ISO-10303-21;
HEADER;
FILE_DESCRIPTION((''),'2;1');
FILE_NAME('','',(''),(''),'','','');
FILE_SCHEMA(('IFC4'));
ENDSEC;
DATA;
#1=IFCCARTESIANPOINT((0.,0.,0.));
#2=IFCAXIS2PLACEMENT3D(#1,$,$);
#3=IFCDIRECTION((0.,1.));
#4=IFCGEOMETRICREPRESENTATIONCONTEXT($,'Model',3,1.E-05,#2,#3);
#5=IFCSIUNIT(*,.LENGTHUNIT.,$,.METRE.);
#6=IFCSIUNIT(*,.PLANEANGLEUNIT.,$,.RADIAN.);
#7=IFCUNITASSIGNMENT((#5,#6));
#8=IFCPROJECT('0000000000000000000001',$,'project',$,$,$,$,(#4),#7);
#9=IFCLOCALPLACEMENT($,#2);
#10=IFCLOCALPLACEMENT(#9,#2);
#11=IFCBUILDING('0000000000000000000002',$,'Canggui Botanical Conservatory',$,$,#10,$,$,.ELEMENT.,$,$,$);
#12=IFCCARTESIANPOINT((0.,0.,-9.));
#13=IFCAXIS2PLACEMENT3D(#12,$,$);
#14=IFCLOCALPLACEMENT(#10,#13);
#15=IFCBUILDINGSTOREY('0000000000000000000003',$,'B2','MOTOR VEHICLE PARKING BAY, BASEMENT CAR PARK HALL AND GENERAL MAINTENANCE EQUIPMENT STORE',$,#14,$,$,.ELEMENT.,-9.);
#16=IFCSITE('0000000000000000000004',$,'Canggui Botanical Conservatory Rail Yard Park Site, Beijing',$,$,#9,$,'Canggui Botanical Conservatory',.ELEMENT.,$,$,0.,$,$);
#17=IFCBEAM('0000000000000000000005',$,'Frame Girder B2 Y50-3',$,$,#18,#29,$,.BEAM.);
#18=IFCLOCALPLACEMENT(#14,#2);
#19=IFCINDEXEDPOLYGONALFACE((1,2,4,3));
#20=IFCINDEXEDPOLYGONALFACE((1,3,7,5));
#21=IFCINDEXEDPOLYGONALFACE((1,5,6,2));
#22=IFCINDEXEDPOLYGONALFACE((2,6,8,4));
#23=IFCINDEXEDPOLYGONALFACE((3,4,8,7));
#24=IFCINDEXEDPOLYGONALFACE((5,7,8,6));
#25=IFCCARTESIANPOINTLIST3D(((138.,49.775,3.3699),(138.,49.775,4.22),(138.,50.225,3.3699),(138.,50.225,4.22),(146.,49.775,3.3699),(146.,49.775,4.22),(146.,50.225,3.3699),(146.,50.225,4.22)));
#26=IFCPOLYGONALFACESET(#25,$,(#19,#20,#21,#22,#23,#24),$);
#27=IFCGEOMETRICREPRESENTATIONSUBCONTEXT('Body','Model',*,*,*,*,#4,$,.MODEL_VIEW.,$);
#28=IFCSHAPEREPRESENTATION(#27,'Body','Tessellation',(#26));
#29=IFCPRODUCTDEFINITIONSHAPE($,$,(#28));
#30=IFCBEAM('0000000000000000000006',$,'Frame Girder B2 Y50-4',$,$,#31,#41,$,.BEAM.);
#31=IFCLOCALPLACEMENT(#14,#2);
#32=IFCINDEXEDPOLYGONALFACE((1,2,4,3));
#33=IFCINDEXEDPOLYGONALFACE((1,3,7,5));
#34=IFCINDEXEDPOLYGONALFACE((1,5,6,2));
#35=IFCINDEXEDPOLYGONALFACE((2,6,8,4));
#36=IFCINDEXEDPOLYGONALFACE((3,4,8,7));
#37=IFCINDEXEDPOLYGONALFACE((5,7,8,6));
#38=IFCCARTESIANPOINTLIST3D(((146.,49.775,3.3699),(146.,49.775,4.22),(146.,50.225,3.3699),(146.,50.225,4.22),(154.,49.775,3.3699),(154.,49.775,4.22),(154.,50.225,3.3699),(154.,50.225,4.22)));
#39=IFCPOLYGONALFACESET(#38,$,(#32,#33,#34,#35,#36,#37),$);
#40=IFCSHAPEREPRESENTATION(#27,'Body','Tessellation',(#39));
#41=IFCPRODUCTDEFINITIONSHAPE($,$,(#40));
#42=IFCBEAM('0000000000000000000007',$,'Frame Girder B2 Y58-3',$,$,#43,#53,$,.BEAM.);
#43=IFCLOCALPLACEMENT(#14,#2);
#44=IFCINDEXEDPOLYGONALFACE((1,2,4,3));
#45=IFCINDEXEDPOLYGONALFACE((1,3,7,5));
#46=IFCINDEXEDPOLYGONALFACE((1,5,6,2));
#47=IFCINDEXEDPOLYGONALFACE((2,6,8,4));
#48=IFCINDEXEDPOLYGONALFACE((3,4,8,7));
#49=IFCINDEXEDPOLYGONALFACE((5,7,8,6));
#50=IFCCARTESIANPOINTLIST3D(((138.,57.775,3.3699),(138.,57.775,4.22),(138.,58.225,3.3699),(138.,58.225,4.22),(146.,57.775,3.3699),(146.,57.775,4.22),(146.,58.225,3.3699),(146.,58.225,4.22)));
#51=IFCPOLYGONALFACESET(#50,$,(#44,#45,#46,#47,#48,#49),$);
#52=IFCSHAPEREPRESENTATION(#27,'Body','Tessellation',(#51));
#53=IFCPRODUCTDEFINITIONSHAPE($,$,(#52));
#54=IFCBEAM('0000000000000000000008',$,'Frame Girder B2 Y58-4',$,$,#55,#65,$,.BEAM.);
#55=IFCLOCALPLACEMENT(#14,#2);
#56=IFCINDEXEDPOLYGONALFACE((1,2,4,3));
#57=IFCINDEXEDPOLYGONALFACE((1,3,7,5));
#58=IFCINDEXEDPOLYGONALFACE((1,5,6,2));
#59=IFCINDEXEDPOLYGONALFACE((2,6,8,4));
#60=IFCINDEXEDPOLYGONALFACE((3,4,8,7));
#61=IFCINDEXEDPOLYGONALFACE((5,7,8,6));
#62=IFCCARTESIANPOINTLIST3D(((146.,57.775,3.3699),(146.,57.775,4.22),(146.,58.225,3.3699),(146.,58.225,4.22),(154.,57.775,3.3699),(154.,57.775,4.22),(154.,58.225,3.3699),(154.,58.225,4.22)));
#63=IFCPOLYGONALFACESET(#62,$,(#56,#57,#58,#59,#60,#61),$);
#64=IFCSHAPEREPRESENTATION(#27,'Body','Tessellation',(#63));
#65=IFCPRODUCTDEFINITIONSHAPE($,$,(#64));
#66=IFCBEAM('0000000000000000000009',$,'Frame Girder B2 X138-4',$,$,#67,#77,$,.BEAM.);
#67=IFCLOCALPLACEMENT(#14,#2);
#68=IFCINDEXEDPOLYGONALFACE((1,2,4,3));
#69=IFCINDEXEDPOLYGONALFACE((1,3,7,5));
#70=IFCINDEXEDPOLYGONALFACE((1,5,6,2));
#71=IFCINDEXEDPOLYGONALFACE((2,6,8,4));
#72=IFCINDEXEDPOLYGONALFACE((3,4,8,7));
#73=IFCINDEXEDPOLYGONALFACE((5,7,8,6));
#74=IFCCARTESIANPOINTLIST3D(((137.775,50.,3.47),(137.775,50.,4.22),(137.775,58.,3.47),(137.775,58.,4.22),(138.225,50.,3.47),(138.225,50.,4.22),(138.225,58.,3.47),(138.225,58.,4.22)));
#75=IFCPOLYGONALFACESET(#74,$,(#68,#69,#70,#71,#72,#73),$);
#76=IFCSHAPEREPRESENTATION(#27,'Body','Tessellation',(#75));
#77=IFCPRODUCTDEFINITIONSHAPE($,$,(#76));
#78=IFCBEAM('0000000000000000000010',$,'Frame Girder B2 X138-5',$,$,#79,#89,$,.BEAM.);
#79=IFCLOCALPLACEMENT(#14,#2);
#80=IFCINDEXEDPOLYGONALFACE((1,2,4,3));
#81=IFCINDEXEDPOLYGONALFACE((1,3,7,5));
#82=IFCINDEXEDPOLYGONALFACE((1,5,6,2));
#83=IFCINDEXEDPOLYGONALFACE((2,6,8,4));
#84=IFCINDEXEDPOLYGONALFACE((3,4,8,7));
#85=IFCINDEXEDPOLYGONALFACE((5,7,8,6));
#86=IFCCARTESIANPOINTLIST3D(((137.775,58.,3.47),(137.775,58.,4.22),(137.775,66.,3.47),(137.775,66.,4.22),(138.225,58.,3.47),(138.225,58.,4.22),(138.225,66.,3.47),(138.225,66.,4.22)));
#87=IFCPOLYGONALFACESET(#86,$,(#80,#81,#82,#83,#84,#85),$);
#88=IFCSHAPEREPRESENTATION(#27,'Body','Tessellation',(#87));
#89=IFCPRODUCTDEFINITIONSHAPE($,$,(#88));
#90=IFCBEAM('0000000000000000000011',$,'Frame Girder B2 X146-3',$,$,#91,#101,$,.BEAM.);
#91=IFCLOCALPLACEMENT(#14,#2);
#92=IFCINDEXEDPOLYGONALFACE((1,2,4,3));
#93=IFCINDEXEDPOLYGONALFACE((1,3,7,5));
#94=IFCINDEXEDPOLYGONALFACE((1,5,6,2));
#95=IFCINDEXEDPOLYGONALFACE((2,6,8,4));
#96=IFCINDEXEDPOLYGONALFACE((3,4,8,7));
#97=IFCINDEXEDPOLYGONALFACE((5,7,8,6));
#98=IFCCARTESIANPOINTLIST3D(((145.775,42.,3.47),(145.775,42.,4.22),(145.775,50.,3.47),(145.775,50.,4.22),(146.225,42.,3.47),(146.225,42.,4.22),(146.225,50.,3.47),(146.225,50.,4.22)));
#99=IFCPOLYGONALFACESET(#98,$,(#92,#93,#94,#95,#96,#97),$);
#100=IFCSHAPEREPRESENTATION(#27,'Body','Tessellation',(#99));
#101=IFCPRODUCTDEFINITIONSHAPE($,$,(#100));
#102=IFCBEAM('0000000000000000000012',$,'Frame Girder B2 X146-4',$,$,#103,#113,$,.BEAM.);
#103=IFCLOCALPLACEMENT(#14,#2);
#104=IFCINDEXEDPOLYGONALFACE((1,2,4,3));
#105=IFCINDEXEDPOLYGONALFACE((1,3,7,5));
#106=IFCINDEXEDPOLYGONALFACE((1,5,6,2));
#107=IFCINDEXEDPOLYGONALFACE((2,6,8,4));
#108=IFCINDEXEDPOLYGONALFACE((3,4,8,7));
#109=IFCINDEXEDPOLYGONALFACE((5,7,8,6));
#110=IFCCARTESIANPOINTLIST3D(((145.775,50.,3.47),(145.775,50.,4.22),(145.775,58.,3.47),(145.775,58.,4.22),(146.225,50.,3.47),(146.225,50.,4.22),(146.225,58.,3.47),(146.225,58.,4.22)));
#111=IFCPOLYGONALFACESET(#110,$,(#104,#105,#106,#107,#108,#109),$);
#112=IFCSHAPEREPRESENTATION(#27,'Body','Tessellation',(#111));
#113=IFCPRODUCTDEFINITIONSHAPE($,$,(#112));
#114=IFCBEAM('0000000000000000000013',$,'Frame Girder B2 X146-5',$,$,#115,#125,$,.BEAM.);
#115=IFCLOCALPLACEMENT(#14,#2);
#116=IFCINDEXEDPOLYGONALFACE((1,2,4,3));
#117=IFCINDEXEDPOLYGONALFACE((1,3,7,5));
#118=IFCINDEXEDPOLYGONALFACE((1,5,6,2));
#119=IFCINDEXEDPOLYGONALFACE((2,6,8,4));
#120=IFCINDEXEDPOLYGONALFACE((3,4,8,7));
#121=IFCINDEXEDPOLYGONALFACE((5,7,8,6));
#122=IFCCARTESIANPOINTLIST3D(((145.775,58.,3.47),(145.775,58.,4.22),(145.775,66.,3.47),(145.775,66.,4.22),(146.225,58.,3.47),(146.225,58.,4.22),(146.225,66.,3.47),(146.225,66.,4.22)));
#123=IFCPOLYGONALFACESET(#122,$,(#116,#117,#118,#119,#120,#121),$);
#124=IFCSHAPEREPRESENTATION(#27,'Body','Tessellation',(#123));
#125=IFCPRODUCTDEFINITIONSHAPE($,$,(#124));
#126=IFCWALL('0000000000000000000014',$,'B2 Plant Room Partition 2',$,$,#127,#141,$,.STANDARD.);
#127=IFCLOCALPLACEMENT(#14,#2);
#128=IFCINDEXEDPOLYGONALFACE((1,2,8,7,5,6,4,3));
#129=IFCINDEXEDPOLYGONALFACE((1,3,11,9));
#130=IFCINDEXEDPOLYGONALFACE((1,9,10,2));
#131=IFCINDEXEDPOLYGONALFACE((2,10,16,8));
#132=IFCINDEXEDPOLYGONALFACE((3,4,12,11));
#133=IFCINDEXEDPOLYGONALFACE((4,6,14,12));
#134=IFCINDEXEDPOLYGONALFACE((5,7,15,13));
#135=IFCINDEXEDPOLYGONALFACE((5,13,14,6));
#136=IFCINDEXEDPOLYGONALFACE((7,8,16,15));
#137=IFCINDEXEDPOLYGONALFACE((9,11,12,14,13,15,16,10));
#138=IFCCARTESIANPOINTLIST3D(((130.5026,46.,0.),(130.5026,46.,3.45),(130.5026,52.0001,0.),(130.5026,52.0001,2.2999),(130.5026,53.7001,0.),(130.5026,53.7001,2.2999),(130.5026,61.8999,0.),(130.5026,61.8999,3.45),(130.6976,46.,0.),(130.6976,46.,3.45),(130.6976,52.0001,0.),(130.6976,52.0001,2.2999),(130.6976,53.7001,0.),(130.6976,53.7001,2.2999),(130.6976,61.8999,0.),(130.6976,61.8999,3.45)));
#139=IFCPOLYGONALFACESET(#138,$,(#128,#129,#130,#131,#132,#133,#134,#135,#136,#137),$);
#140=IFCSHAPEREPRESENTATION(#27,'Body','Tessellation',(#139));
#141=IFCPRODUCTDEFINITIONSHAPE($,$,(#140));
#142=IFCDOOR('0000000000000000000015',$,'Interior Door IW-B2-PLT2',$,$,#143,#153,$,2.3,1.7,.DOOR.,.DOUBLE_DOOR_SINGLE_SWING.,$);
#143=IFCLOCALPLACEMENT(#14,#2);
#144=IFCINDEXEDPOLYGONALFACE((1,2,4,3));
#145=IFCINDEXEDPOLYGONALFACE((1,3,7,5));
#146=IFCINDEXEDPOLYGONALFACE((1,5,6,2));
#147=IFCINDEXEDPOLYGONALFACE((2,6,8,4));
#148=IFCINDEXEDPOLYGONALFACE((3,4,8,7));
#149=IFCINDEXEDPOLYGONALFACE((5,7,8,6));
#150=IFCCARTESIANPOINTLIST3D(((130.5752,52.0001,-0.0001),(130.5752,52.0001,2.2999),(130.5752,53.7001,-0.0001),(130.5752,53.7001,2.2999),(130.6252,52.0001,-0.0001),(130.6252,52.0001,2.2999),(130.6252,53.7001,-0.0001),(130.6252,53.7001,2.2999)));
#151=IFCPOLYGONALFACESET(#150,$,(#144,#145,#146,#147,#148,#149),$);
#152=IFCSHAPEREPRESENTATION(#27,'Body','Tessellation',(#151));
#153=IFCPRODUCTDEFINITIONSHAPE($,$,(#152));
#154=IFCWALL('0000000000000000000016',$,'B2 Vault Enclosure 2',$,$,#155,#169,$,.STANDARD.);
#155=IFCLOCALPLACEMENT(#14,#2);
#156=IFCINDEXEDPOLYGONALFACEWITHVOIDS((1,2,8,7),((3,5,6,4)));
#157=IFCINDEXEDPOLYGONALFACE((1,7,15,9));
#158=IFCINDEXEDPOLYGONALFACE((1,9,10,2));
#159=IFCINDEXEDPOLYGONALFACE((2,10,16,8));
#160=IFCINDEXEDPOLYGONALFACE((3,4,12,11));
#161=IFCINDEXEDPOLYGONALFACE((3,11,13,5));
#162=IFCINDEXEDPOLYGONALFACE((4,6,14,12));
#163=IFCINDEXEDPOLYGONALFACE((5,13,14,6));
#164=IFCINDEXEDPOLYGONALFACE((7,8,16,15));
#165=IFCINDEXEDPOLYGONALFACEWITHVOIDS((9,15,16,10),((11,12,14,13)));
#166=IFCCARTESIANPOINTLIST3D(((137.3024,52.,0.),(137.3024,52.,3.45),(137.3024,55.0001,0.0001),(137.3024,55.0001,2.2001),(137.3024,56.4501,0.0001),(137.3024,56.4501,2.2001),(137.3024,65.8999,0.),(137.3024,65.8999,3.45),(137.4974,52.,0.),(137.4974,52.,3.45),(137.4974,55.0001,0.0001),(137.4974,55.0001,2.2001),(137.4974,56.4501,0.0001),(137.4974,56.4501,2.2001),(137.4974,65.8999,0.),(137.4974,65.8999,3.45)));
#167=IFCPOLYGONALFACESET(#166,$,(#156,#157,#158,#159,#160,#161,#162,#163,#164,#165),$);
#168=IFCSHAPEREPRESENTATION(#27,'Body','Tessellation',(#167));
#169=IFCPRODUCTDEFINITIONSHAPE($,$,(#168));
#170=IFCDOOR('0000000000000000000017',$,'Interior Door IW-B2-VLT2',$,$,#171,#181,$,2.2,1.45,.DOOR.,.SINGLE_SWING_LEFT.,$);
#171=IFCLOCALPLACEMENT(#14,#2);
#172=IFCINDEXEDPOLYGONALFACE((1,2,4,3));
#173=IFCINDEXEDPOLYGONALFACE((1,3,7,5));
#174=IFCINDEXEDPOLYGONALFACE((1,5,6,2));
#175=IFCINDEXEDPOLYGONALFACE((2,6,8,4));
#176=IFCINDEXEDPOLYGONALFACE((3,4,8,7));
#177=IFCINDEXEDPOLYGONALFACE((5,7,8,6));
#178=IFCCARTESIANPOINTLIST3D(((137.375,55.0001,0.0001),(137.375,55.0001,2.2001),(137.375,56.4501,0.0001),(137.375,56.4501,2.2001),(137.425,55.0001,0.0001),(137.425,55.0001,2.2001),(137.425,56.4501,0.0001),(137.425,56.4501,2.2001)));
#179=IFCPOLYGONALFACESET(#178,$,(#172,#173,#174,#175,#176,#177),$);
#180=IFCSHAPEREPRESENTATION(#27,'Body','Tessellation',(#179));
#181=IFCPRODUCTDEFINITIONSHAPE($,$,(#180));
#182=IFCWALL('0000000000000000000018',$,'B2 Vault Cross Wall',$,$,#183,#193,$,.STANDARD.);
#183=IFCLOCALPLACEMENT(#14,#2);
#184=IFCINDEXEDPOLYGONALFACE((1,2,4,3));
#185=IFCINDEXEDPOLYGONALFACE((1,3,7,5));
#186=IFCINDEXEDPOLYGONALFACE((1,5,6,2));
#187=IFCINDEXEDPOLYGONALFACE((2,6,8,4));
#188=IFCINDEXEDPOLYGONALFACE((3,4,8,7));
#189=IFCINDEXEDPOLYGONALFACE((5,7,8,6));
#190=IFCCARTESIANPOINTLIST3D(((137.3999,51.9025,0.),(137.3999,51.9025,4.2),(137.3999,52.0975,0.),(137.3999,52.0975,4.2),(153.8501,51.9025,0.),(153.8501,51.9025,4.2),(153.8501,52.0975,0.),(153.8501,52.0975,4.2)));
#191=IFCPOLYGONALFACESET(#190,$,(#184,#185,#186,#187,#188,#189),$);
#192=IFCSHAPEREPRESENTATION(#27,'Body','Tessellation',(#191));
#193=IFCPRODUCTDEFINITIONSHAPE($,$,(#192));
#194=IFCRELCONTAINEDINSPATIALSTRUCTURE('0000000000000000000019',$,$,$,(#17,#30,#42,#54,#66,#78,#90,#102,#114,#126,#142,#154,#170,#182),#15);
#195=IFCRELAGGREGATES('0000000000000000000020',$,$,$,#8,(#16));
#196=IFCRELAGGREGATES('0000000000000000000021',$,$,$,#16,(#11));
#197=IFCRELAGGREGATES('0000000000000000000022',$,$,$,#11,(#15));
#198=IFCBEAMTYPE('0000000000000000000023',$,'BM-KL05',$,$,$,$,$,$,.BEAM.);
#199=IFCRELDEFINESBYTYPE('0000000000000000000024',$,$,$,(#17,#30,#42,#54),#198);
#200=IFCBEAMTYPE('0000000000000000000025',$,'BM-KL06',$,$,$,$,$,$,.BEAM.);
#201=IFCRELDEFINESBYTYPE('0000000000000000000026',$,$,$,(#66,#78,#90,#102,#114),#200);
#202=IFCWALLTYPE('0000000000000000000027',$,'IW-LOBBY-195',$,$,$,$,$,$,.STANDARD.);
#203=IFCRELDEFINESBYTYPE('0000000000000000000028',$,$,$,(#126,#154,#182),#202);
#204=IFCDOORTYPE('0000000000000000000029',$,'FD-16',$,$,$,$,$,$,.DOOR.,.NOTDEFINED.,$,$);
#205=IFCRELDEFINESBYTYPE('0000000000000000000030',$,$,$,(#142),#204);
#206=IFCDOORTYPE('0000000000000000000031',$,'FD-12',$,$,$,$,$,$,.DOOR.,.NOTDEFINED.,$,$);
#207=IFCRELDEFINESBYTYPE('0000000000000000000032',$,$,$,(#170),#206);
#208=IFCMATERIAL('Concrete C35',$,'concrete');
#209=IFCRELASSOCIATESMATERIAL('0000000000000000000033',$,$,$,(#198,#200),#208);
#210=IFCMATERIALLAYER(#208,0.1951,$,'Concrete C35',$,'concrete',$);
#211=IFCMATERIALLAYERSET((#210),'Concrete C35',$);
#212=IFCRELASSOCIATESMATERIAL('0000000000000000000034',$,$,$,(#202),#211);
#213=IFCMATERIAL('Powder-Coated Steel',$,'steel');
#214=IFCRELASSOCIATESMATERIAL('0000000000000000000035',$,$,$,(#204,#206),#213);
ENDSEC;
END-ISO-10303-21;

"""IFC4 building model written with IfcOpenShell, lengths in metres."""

from ifc_helpers import new_model, si_unit, direction, frame, frame_2d, origin, origin_2d, place, context, subcontext, project, spatial, rectangle, extrude, material, layer, layer_set, material_profile, profile_set, type_object, element, fill, save


model = new_model("IFC4")

# Units and contexts
model_context = context("Model", 3, precision=1e-05, world=origin(), true_north=direction((0.0, 1.0)))
body_context = subcontext(model_context, "Body", "Model", "MODEL_VIEW")
ifc_project = project(units=[si_unit("LENGTHUNIT", "METRE"), si_unit("PLANEANGLEUNIT", "RADIAN")], contexts=[model_context])

# Site, building, storey
site_placement = place(None, origin())
site = spatial("IfcSite", under=ifc_project, at=site_placement, Name="Canggui Botanical Conservatory Rail Yard Park Site, Beijing", LongName="Canggui Botanical Conservatory", CompositionType="ELEMENT", RefElevation=0.0)
building_placement = place(site_placement, origin())
building = spatial("IfcBuilding", under=site, at=building_placement, Name="Canggui Botanical Conservatory", CompositionType="ELEMENT")
storey_placement = place(building_placement, frame((0.0, 0.0, -9.0)))
storey = spatial("IfcBuildingStorey", under=building, at=storey_placement, Name="B2", Description="MOTOR VEHICLE PARKING BAY, BASEMENT CAR PARK HALL AND GENERAL MAINTENANCE EQUIPMENT STORE", CompositionType="ELEMENT", Elevation=-9.0)

# Shared definitions
ifc_material_1 = material(Name="Concrete C35", Category="concrete")

# Beams
ifc_material_profile_1 = material_profile(ifc_material_1, rectangle(XDim=0.45, YDim=0.8501, at=origin_2d()), Name="RB 450x850")
ifc_profile_set_1 = profile_set([ifc_material_profile_1], Name="Concrete C35")
beam_type_1 = type_object("IfcBeamType", Name="BM-KL05", PredefinedType="BEAM", material=ifc_profile_set_1)
for number, where, z_axis, x_axis, name in (
    (1, (138.0, 50.0, 3.7949), (1.0, 0.0, 0.0), (0.0, 1.0, 0.0), "Frame Girder B2 Y50-3"),
    (2, (146.0, 50.0, 3.7949), (1.0, 0.0, 0.0), (0.0, 1.0, 0.0), "Frame Girder B2 Y50-4"),
    (3, (138.0, 58.0, 3.7949), (1.0, 0.0, 0.0), (0.0, 1.0, 0.0), "Frame Girder B2 Y58-3"),
    (4, (146.0, 58.0, 3.7949), (1.0, 0.0, 0.0), (0.0, 1.0, 0.0), "Frame Girder B2 Y58-4"),
):
    element("IfcBeam", number, at=place(storey_placement, frame(where, z_axis=z_axis, x_axis=x_axis)), inside=storey, type_object=beam_type_1, Name=name, PredefinedType="BEAM", context=body_context, shape_type="SweptSolid", body=[
        extrude(rectangle(XDim=0.45, YDim=0.8501, at=origin_2d()), origin(), (0.0, 0.0, 1.0), 8.0),
    ])
ifc_material_profile_2 = material_profile(ifc_material_1, rectangle(XDim=0.45, YDim=0.75, at=origin_2d()), Name="RB 450x750")
ifc_profile_set_2 = profile_set([ifc_material_profile_2], Name="Concrete C35")
beam_type_2 = type_object("IfcBeamType", Name="BM-KL06", PredefinedType="BEAM", material=ifc_profile_set_2)
for number, where, z_axis, x_axis, name in (
    (5, (138.0, 50.0, 3.845), (0.0, 1.0, 0.0), (-1.0, 0.0, 0.0), "Frame Girder B2 X138-4"),
    (6, (138.0, 58.0, 3.845), (0.0, 1.0, 0.0), (-1.0, 0.0, 0.0), "Frame Girder B2 X138-5"),
    (7, (146.0, 42.0, 3.845), (0.0, 1.0, 0.0), (-1.0, 0.0, 0.0), "Frame Girder B2 X146-3"),
    (8, (146.0, 50.0, 3.845), (0.0, 1.0, 0.0), (-1.0, 0.0, 0.0), "Frame Girder B2 X146-4"),
    (9, (146.0, 58.0, 3.845), (0.0, 1.0, 0.0), (-1.0, 0.0, 0.0), "Frame Girder B2 X146-5"),
):
    element("IfcBeam", number, at=place(storey_placement, frame(where, z_axis=z_axis, x_axis=x_axis)), inside=storey, type_object=beam_type_2, Name=name, PredefinedType="BEAM", context=body_context, shape_type="SweptSolid", body=[
        extrude(rectangle(XDim=0.45, YDim=0.75, at=origin_2d()), origin(), (0.0, 0.0, 1.0), 8.0),
    ])

# Walls, openings, doors
ifc_layer = layer(ifc_material_1, 0.1951, Name="Concrete C35", Category="concrete")
ifc_layer_set = layer_set([ifc_layer], Name="Concrete C35")
wall_type = type_object("IfcWallType", Name="IW-LOBBY-195", PredefinedType="STANDARD", material=ifc_layer_set)
wall_1_placement = place(storey_placement, frame((130.6001, 46.0, 0.0), z_axis=(0.0, 0.0, 1.0), x_axis=(0.0, 1.0, 0.0)))
wall_1 = element("IfcWall", 10, at=wall_1_placement, inside=storey, type_object=wall_type, Name="B2 Plant Room Partition 2", PredefinedType="STANDARD", context=body_context, shape_type="SweptSolid", body=[
    extrude(rectangle(XDim=15.8999, YDim=0.1951, at=frame_2d((7.95, 0.0))), origin(), (0.0, 0.0, 1.0), 3.45),
])
opening_1_placement = place(wall_1_placement, frame((6.0, 0.0, 0.0)))
opening_1 = element("IfcOpeningElement", 11, at=opening_1_placement, cuts=wall_1, PredefinedType="OPENING", context=body_context, shape_type="SweptSolid", body=[
    extrude(rectangle(XDim=1.7, YDim=2.3, at=frame_2d((0.8501, 1.1499))), frame((0.0, 0.1074, 0.0), z_axis=(0.0, -1.0, 0.0), x_axis=(1.0, 0.0, 0.0)), (0.0, 0.0, 1.0), 0.2151),
])
ifc_material_2 = material(Name="Powder-Coated Steel", Category="steel")
door_type_1 = type_object("IfcDoorType", Name="FD-16", OperationType="NOTDEFINED", PredefinedType="DOOR", material=ifc_material_2)
door_1_placement = place(opening_1_placement, origin())
door_1 = element("IfcDoor", 12, at=door_1_placement, inside=storey, type_object=door_type_1, Name="Interior Door IW-B2-PLT2", OperationType="DOUBLE_DOOR_SINGLE_SWING", OverallHeight=2.3, OverallWidth=1.7, PredefinedType="DOOR", context=body_context, shape_type="SweptSolid", body=[
    extrude(rectangle(XDim=1.7, YDim=2.3, at=frame_2d((0.8501, 1.1499))), frame((0.0, 0.0249, 0.0), z_axis=(0.0, -1.0, 0.0), x_axis=(1.0, 0.0, 0.0)), (0.0, 0.0, 1.0), 0.05),
])
fill(opening_1, door_1)
wall_2_placement = place(storey_placement, frame((137.3999, 52.0, 0.0), z_axis=(0.0, 0.0, 1.0), x_axis=(0.0, 1.0, 0.0)))
wall_2 = element("IfcWall", 13, at=wall_2_placement, inside=storey, type_object=wall_type, Name="B2 Vault Enclosure 2", PredefinedType="STANDARD", context=body_context, shape_type="SweptSolid", body=[
    extrude(rectangle(XDim=13.8999, YDim=0.1951, at=frame_2d((6.95, 0.0))), origin(), (0.0, 0.0, 1.0), 3.45),
])
opening_2_placement = place(wall_2_placement, frame((3.0, 0.0, 0.0)))
opening_2 = element("IfcOpeningElement", 14, at=opening_2_placement, cuts=wall_2, PredefinedType="OPENING", context=body_context, shape_type="SweptSolid", body=[
    extrude(rectangle(XDim=1.45, YDim=2.2, at=frame_2d((0.7251, 1.1001))), frame((0.0, 0.1074, 0.0), z_axis=(0.0, -1.0, 0.0), x_axis=(1.0, 0.0, 0.0)), (0.0, 0.0, 1.0), 0.2151),
])
door_type_2 = type_object("IfcDoorType", Name="FD-12", OperationType="NOTDEFINED", PredefinedType="DOOR", material=ifc_material_2)
door_2_placement = place(opening_2_placement, origin())
door_2 = element("IfcDoor", 15, at=door_2_placement, inside=storey, type_object=door_type_2, Name="Interior Door IW-B2-VLT2", OperationType="SINGLE_SWING_LEFT", OverallHeight=2.2, OverallWidth=1.45, PredefinedType="DOOR", context=body_context, shape_type="SweptSolid", body=[
    extrude(rectangle(XDim=1.45, YDim=2.2, at=frame_2d((0.7251, 1.1001))), frame((0.0, 0.0249, 0.0), z_axis=(0.0, -1.0, 0.0), x_axis=(1.0, 0.0, 0.0)), (0.0, 0.0, 1.0), 0.05),
])
fill(opening_2, door_2)

# Wall
wall_3_placement = place(storey_placement, frame((137.3999, 52.0, 0.0), z_axis=(0.0, 0.0, 1.0), x_axis=(1.0, 0.0, 0.0)))
element("IfcWall", 16, at=wall_3_placement, inside=storey, type_object=wall_type, Name="B2 Vault Cross Wall", PredefinedType="STANDARD", context=body_context, shape_type="SweptSolid", body=[
    extrude(rectangle(XDim=16.4502, YDim=0.1951, at=frame_2d((8.2251, 0.0))), origin(), (0.0, 0.0, 1.0), 4.2),
])

save(model, "model.ifc")
